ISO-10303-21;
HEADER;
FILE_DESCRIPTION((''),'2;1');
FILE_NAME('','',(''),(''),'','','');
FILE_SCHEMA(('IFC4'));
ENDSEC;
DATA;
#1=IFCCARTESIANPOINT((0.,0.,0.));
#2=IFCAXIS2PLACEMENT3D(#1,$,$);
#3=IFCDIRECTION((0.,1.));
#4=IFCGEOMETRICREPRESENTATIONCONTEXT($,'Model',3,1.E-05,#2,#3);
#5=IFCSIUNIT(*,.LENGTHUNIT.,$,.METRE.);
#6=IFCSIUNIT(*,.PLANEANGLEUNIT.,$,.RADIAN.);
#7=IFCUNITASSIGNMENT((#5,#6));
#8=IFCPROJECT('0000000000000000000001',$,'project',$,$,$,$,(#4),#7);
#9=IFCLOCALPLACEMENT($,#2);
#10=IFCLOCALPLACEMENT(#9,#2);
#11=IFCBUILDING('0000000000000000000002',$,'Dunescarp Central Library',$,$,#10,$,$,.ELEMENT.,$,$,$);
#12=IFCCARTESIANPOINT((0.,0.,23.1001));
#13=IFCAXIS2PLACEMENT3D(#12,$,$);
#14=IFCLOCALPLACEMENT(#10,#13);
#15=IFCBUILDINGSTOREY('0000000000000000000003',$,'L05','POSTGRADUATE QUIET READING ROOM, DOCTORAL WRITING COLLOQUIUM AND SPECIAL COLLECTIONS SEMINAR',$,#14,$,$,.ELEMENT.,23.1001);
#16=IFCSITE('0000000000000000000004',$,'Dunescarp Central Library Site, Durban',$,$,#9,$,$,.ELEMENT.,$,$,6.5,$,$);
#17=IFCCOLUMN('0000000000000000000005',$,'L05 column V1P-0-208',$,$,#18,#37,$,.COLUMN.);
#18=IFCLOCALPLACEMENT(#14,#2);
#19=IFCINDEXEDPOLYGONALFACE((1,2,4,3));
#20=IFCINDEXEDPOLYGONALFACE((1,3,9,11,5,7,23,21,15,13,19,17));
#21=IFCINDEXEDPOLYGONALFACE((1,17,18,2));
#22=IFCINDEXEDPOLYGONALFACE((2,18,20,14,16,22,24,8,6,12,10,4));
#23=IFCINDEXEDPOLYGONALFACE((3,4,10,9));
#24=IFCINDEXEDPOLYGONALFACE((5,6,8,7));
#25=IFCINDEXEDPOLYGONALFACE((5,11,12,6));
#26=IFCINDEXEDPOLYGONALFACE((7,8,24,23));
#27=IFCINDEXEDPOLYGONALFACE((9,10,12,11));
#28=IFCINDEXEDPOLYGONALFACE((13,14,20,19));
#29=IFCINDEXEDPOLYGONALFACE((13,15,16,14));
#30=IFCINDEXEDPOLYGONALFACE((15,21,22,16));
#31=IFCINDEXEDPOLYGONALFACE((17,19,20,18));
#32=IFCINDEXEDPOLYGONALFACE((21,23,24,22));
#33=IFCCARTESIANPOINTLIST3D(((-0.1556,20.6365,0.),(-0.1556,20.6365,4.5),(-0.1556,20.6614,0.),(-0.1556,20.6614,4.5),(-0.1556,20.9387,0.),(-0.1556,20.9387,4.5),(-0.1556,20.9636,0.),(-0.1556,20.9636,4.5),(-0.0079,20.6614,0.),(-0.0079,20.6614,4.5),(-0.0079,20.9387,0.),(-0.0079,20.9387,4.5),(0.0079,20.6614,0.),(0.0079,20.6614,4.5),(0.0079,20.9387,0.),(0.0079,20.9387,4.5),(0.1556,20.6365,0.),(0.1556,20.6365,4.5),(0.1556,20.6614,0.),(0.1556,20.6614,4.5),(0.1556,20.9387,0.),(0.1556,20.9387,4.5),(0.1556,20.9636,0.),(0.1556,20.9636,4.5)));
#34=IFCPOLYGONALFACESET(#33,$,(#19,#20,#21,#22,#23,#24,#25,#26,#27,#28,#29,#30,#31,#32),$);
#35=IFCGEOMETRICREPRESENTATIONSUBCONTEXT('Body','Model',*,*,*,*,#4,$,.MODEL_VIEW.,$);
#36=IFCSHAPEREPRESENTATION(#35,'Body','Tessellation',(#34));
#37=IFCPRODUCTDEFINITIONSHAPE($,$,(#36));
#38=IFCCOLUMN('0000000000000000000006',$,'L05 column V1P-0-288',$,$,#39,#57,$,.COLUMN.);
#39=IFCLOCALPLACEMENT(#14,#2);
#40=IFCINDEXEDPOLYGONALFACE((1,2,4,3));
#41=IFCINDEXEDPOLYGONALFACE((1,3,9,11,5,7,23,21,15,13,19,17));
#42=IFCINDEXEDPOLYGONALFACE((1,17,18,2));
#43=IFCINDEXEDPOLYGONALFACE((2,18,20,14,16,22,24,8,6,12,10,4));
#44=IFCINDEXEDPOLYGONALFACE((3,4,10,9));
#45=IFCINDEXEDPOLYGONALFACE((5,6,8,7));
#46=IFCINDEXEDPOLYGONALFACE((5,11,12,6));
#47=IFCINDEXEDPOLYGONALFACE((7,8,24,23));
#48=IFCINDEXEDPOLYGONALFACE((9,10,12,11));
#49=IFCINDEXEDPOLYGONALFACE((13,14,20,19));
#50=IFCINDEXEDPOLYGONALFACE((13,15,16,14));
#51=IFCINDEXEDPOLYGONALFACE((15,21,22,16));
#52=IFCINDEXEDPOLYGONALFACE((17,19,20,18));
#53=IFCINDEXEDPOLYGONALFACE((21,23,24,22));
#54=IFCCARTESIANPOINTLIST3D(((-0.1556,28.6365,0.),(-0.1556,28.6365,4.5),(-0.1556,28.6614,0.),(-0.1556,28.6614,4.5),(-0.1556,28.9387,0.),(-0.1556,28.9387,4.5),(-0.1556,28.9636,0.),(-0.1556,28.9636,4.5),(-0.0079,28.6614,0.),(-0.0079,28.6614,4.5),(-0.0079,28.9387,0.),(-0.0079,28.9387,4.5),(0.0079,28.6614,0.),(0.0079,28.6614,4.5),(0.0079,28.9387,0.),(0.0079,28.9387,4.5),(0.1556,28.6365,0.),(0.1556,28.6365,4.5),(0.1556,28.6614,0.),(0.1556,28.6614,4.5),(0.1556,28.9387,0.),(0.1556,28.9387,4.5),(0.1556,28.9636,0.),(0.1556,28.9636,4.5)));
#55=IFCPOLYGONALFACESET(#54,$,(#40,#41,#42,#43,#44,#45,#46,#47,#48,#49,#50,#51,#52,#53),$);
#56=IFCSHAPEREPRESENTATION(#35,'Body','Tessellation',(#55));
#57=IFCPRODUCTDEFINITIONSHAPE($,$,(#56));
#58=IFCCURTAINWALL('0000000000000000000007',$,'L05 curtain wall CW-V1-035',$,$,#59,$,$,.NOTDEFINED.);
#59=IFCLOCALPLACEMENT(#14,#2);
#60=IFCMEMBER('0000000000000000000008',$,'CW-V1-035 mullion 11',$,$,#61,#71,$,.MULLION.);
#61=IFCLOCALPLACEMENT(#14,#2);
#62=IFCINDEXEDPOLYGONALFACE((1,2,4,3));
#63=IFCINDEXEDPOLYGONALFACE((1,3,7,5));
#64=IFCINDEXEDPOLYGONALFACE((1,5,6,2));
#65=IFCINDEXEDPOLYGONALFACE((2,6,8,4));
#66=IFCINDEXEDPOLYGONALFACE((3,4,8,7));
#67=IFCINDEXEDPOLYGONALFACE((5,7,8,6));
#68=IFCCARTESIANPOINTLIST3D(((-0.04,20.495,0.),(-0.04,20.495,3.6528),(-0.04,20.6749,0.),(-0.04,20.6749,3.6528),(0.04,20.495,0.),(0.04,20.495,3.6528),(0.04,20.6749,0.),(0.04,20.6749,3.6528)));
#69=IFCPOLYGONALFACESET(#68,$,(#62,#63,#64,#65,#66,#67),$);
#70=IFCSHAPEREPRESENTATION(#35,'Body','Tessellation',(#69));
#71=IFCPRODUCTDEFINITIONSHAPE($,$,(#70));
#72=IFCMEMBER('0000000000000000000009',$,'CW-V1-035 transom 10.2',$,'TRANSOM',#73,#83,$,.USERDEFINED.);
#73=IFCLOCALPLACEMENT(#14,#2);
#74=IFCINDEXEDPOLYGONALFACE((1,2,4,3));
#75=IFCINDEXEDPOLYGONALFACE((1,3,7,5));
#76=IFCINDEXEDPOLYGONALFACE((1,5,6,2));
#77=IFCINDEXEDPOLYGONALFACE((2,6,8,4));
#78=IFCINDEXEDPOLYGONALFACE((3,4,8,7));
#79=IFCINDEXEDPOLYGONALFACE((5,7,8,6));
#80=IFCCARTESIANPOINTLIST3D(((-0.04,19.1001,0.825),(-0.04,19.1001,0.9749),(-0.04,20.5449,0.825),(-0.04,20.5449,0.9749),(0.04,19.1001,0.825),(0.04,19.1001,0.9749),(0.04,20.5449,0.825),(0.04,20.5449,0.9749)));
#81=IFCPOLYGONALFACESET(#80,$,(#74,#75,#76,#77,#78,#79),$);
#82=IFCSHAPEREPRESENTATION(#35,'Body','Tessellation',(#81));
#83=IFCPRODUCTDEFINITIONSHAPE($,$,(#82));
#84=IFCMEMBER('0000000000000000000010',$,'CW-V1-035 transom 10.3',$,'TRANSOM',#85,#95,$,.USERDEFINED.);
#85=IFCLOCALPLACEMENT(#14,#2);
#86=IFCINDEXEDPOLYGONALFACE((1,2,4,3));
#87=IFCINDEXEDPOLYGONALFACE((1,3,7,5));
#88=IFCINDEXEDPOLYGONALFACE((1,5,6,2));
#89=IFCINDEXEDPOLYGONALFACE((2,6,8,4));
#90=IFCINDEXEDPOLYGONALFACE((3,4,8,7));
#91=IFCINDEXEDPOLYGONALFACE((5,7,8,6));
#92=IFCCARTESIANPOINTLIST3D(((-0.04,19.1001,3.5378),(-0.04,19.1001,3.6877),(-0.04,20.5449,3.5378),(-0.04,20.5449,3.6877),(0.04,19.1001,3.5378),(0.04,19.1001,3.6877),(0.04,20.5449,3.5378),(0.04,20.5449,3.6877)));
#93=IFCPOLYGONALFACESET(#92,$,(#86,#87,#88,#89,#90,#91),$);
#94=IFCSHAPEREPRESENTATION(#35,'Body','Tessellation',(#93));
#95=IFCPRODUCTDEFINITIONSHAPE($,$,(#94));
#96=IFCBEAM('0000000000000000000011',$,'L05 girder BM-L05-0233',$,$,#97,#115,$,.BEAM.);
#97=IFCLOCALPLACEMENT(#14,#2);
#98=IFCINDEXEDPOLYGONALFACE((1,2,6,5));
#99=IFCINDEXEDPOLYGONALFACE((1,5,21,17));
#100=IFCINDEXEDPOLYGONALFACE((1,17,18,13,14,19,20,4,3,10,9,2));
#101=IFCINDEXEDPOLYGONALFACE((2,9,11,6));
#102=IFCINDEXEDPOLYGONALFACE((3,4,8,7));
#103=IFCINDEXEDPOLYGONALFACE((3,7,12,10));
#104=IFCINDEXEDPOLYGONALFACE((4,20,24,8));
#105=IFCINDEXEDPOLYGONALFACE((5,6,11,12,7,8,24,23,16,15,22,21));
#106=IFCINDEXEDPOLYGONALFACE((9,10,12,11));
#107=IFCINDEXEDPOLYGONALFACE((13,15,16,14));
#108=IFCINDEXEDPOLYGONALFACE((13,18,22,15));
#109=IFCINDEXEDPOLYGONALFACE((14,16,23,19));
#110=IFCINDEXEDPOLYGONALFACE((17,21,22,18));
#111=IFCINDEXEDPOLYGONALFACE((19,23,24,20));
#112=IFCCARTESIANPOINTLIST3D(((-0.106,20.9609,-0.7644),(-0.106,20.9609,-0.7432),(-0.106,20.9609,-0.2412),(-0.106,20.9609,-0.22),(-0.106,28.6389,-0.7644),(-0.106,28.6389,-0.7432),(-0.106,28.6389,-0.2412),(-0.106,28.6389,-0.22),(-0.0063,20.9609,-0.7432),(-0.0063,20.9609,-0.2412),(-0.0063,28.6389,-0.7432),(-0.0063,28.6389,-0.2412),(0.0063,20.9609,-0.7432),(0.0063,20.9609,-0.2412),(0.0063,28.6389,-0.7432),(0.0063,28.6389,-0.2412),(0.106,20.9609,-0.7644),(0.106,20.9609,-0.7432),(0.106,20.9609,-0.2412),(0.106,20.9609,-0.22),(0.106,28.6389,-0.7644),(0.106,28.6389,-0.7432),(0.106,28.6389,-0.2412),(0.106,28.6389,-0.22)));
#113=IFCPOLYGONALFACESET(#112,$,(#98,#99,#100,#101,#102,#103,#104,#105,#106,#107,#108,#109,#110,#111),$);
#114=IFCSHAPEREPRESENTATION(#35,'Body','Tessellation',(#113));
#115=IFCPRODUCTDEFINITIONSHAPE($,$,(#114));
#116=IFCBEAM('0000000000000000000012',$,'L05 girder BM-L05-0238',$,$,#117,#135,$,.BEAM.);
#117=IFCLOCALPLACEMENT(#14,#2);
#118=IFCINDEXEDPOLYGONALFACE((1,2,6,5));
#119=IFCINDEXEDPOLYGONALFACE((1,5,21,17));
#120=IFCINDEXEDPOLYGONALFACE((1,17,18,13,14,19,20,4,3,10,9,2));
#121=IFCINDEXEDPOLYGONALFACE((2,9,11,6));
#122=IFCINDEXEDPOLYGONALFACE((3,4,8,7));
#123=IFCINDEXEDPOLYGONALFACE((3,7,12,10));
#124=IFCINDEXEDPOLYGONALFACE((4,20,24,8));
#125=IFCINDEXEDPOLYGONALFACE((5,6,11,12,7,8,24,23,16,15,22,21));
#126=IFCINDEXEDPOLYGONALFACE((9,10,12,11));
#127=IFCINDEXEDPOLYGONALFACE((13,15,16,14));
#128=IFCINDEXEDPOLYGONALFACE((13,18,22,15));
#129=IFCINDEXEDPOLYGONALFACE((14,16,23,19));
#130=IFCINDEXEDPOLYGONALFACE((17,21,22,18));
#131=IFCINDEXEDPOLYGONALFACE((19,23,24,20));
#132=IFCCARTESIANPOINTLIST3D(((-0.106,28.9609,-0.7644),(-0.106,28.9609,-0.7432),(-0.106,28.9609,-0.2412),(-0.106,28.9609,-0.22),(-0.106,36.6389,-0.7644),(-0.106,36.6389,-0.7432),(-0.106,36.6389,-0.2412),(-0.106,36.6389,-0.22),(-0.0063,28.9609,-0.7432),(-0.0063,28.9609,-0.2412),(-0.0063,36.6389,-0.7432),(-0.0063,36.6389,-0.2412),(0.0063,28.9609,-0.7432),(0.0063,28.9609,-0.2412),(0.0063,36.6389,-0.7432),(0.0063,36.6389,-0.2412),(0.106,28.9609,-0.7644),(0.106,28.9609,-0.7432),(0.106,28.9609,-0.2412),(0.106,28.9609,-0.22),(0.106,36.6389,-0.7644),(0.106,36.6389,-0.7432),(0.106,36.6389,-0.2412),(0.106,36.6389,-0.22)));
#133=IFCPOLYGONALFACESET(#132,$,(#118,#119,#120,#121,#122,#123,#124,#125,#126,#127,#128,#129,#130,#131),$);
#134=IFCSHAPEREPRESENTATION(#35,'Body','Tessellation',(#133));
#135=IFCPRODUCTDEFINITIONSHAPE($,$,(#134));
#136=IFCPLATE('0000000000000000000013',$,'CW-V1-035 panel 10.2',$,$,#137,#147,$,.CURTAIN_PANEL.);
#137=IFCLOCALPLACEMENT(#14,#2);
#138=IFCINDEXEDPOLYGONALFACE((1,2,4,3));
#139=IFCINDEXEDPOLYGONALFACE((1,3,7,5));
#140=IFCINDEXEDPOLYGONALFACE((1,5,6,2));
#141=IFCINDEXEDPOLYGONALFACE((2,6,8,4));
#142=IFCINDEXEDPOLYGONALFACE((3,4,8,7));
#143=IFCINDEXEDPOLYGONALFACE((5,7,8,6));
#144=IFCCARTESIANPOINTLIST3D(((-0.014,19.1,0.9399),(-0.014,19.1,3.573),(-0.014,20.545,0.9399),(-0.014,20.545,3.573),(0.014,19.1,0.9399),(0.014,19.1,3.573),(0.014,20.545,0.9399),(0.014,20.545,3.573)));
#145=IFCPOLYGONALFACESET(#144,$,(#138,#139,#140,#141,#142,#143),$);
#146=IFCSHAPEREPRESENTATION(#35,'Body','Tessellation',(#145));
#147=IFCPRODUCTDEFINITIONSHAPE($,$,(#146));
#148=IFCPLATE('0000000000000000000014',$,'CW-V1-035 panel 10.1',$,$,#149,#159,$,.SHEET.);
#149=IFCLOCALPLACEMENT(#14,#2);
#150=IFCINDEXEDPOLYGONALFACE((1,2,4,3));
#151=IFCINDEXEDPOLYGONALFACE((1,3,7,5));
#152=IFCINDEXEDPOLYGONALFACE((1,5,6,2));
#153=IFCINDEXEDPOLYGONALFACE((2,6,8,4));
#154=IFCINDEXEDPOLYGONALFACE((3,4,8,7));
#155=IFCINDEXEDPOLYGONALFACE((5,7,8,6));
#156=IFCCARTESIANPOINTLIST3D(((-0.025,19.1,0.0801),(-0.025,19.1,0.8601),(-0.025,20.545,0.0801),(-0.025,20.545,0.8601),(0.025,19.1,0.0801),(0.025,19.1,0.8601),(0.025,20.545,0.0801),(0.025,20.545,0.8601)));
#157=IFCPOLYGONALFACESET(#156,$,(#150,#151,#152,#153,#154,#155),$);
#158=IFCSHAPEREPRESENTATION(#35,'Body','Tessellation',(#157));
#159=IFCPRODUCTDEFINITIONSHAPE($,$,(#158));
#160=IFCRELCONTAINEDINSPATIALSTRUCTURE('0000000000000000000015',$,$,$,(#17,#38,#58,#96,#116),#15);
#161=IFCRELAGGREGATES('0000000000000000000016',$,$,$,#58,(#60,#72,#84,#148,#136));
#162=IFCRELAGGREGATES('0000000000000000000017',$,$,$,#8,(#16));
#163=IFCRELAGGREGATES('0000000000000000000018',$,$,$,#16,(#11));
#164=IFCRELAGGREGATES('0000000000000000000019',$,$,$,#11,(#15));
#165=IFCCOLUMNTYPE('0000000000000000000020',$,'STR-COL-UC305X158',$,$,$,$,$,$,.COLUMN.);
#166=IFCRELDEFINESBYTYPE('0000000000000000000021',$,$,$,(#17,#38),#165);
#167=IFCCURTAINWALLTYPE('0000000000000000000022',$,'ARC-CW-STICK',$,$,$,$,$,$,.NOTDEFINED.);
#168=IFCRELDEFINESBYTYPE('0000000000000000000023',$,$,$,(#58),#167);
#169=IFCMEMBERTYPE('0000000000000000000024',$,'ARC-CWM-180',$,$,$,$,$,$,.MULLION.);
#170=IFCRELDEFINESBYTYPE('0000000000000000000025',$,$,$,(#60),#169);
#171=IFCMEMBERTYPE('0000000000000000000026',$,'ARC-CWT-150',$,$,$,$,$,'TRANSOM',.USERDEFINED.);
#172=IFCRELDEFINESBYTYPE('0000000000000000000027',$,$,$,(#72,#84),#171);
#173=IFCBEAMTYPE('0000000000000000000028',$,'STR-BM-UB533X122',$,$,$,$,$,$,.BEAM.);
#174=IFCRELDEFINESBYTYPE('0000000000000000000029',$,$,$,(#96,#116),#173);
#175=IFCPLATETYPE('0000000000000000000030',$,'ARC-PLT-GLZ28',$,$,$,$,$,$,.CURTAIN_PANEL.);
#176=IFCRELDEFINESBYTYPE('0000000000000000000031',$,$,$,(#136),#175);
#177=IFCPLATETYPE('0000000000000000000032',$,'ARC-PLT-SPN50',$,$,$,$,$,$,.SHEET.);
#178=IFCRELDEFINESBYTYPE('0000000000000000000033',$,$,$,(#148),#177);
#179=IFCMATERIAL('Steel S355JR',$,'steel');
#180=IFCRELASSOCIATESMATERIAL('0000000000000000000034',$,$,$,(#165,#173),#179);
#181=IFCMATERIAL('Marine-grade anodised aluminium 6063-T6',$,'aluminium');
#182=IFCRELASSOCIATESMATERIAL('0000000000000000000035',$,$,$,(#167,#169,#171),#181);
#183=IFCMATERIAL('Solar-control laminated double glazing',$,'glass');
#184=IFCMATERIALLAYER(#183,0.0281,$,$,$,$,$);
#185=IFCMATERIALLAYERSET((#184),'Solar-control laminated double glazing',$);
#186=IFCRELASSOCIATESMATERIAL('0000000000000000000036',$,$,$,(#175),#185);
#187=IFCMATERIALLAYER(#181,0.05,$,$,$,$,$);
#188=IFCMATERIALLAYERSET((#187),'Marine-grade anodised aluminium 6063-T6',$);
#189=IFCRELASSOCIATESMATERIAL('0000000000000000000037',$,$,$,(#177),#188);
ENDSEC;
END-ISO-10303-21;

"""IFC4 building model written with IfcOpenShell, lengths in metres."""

from ifc_helpers import new_model, si_unit, direction, frame, origin, origin_2d, place, context, subcontext, project, spatial, rectangle, i_section, extrude, material, layer, layer_set, material_profile, profile_set, type_object, element, aggregate, save


model = new_model("IFC4")

# Units and contexts
model_context = context("Model", 3, precision=1e-05, world=origin(), true_north=direction((0.0, 1.0)))
body_context = subcontext(model_context, "Body", "Model", "MODEL_VIEW")
ifc_project = project(units=[si_unit("LENGTHUNIT", "METRE"), si_unit("PLANEANGLEUNIT", "RADIAN")], contexts=[model_context])

# Site, building, storey
site_placement = place(None, origin())
site = spatial("IfcSite", under=ifc_project, at=site_placement, Name="Dunescarp Central Library Site, Durban", CompositionType="ELEMENT", RefElevation=6.5)
building_placement = place(site_placement, origin())
building = spatial("IfcBuilding", under=site, at=building_placement, Name="Dunescarp Central Library", CompositionType="ELEMENT")
storey_placement = place(building_placement, frame((0.0, 0.0, 23.1001)))
storey = spatial("IfcBuildingStorey", under=building, at=storey_placement, Name="L05", Description="POSTGRADUATE QUIET READING ROOM, DOCTORAL WRITING COLLOQUIUM AND SPECIAL COLLECTIONS SEMINAR", CompositionType="ELEMENT", Elevation=23.1001)

# Columns
ifc_material_1 = material(Name="Steel S355JR", Category="steel")
ifc_material_profile_1 = material_profile(ifc_material_1, i_section(OverallWidth=0.3113, OverallDepth=0.3271, WebThickness=0.0159, FlangeThickness=0.0249, at=origin_2d()), Name="UC 305x305x158")
ifc_profile_set_1 = profile_set([ifc_material_profile_1], Name="Steel S355JR")
column_type = type_object("IfcColumnType", Name="STR-COL-UC305X158", PredefinedType="COLUMN", material=ifc_profile_set_1)
for number, where, z_axis, x_axis, name in (
    (1, (0.0, 20.8, 0.0), (0.0, 0.0, 1.0), (1.0, 0.0, 0.0), "L05 column V1P-0-208"),
    (2, (0.0, 28.8, 0.0), (0.0, 0.0, 1.0), (1.0, 0.0, 0.0), "L05 column V1P-0-288"),
):
    element("IfcColumn", number, at=place(storey_placement, frame(where, z_axis=z_axis, x_axis=x_axis)), inside=storey, type_object=column_type, Name=name, PredefinedType="COLUMN", context=body_context, shape_type="SweptSolid", body=[
        extrude(i_section(OverallWidth=0.3113, OverallDepth=0.3271, WebThickness=0.0159, FlangeThickness=0.0249, at=origin_2d()), origin(), (0.0, 0.0, 1.0), 4.5),
    ])

# Curtain wall, members
ifc_material_2 = material(Name="Marine-grade anodised aluminium 6063-T6", Category="aluminium")
curtain_wall_type = type_object("IfcCurtainWallType", Name="ARC-CW-STICK", PredefinedType="NOTDEFINED", material=ifc_material_2)
curtain_wall_placement = place(storey_placement, origin())
curtain_wall = element("IfcCurtainWall", 3, at=curtain_wall_placement, inside=storey, type_object=curtain_wall_type, Name="L05 curtain wall CW-V1-035", PredefinedType="NOTDEFINED")
ifc_material_profile_2 = material_profile(ifc_material_2, rectangle(XDim=0.0801, YDim=0.1799, at=origin_2d()), Name="AL 80x180")
ifc_profile_set_2 = profile_set([ifc_material_profile_2], Name="Marine-grade anodised aluminium 6063-T6")
member_type_1 = type_object("IfcMemberType", Name="ARC-CWM-180", PredefinedType="MULLION", material=ifc_profile_set_2)
member_1_placement = place(storey_placement, frame((0.0, 20.585, 0.0), z_axis=(0.0, 0.0, 1.0), x_axis=(-1.0, 0.0, 0.0)))
member_1 = element("IfcMember", 4, at=member_1_placement, type_object=member_type_1, Name="CW-V1-035 mullion 11", PredefinedType="MULLION", context=body_context, shape_type="SweptSolid", body=[
    extrude(rectangle(XDim=0.0801, YDim=0.1799, at=origin_2d()), origin(), (0.0, 0.0, 1.0), 3.6528),
])
ifc_material_profile_3 = material_profile(ifc_material_2, rectangle(XDim=0.0801, YDim=0.1499, at=origin_2d()), Name="AL 80x150")
ifc_profile_set_3 = profile_set([ifc_material_profile_3], Name="Marine-grade anodised aluminium 6063-T6")
member_type_2 = type_object("IfcMemberType", Name="ARC-CWT-150", ElementType="TRANSOM", PredefinedType="USERDEFINED", material=ifc_profile_set_3)
member_2_placement = place(storey_placement, frame((0.0, 19.1001, 0.8999), z_axis=(0.0, 1.0, 0.0), x_axis=(-1.0, 0.0, 0.0)))
member_2 = element("IfcMember", 5, at=member_2_placement, type_object=member_type_2, Name="CW-V1-035 transom 10.2", ObjectType="TRANSOM", PredefinedType="USERDEFINED", context=body_context, shape_type="SweptSolid", body=[
    extrude(rectangle(XDim=0.0801, YDim=0.1499, at=origin_2d()), origin(), (0.0, 0.0, 1.0), 1.4448),
])
member_3_placement = place(storey_placement, frame((0.0, 19.1001, 3.6128), z_axis=(0.0, 1.0, 0.0), x_axis=(-1.0, 0.0, 0.0)))
member_3 = element("IfcMember", 6, at=member_3_placement, type_object=member_type_2, Name="CW-V1-035 transom 10.3", ObjectType="TRANSOM", PredefinedType="USERDEFINED", context=body_context, shape_type="SweptSolid", body=[
    extrude(rectangle(XDim=0.0801, YDim=0.1499, at=origin_2d()), origin(), (0.0, 0.0, 1.0), 1.4448),
])

# Beams
ifc_material_profile_4 = material_profile(ifc_material_1, i_section(OverallWidth=0.2119, OverallDepth=0.5444, WebThickness=0.0127, FlangeThickness=0.0212, at=origin_2d()), Name="UB 533x210x122")
ifc_profile_set_4 = profile_set([ifc_material_profile_4], Name="Steel S355JR")
beam_type = type_object("IfcBeamType", Name="STR-BM-UB533X122", PredefinedType="BEAM", material=ifc_profile_set_4)
for number, where, z_axis, x_axis, name in (
    (7, (0.0, 20.9609, -0.4922), (0.0, 1.0, 0.0), (-1.0, 0.0, 0.0), "L05 girder BM-L05-0233"),
    (8, (0.0, 28.9609, -0.4922), (0.0, 1.0, 0.0), (-1.0, 0.0, 0.0), "L05 girder BM-L05-0238"),
):
    element("IfcBeam", number, at=place(storey_placement, frame(where, z_axis=z_axis, x_axis=x_axis)), inside=storey, type_object=beam_type, Name=name, PredefinedType="BEAM", context=body_context, shape_type="SweptSolid", body=[
        extrude(i_section(OverallWidth=0.2119, OverallDepth=0.5444, WebThickness=0.0127, FlangeThickness=0.0212, at=origin_2d()), origin(), (0.0, 0.0, 1.0), 7.678),
    ])

# Plates
ifc_material_3 = material(Name="Solar-control laminated double glazing", Category="glass")
ifc_layer_1 = layer(ifc_material_3, 0.0281)
ifc_layer_set_1 = layer_set([ifc_layer_1], Name="Solar-control laminated double glazing")
plate_type_1 = type_object("IfcPlateType", Name="ARC-PLT-GLZ28", PredefinedType="CURTAIN_PANEL", material=ifc_layer_set_1)
plate_1_placement = place(storey_placement, frame((0.0, 19.8225, 0.9399), z_axis=(0.0, 0.0, 1.0), x_axis=(0.0, 1.0, 0.0)))
plate_1 = element("IfcPlate", 9, at=plate_1_placement, type_object=plate_type_1, Name="CW-V1-035 panel 10.2", PredefinedType="CURTAIN_PANEL", context=body_context, shape_type="SweptSolid", body=[
    extrude(rectangle(XDim=1.4451, YDim=0.0281, at=origin_2d()), origin(), (0.0, 0.0, 1.0), 2.6331),
])
ifc_layer_2 = layer(ifc_material_2, 0.05)
ifc_layer_set_2 = layer_set([ifc_layer_2], Name="Marine-grade anodised aluminium 6063-T6")
plate_type_2 = type_object("IfcPlateType", Name="ARC-PLT-SPN50", PredefinedType="SHEET", material=ifc_layer_set_2)
plate_2_placement = place(storey_placement, frame((0.0, 19.8225, 0.0801), z_axis=(0.0, 0.0, 1.0), x_axis=(0.0, 1.0, 0.0)))
plate_2 = element("IfcPlate", 10, at=plate_2_placement, type_object=plate_type_2, Name="CW-V1-035 panel 10.1", PredefinedType="SHEET", context=body_context, shape_type="SweptSolid", body=[
    extrude(rectangle(XDim=1.4451, YDim=0.05, at=origin_2d()), origin(), (0.0, 0.0, 1.0), 0.78),
])
aggregate(curtain_wall, [member_1, member_2, member_3, plate_2, plate_1])

save(model, "model.ifc")
